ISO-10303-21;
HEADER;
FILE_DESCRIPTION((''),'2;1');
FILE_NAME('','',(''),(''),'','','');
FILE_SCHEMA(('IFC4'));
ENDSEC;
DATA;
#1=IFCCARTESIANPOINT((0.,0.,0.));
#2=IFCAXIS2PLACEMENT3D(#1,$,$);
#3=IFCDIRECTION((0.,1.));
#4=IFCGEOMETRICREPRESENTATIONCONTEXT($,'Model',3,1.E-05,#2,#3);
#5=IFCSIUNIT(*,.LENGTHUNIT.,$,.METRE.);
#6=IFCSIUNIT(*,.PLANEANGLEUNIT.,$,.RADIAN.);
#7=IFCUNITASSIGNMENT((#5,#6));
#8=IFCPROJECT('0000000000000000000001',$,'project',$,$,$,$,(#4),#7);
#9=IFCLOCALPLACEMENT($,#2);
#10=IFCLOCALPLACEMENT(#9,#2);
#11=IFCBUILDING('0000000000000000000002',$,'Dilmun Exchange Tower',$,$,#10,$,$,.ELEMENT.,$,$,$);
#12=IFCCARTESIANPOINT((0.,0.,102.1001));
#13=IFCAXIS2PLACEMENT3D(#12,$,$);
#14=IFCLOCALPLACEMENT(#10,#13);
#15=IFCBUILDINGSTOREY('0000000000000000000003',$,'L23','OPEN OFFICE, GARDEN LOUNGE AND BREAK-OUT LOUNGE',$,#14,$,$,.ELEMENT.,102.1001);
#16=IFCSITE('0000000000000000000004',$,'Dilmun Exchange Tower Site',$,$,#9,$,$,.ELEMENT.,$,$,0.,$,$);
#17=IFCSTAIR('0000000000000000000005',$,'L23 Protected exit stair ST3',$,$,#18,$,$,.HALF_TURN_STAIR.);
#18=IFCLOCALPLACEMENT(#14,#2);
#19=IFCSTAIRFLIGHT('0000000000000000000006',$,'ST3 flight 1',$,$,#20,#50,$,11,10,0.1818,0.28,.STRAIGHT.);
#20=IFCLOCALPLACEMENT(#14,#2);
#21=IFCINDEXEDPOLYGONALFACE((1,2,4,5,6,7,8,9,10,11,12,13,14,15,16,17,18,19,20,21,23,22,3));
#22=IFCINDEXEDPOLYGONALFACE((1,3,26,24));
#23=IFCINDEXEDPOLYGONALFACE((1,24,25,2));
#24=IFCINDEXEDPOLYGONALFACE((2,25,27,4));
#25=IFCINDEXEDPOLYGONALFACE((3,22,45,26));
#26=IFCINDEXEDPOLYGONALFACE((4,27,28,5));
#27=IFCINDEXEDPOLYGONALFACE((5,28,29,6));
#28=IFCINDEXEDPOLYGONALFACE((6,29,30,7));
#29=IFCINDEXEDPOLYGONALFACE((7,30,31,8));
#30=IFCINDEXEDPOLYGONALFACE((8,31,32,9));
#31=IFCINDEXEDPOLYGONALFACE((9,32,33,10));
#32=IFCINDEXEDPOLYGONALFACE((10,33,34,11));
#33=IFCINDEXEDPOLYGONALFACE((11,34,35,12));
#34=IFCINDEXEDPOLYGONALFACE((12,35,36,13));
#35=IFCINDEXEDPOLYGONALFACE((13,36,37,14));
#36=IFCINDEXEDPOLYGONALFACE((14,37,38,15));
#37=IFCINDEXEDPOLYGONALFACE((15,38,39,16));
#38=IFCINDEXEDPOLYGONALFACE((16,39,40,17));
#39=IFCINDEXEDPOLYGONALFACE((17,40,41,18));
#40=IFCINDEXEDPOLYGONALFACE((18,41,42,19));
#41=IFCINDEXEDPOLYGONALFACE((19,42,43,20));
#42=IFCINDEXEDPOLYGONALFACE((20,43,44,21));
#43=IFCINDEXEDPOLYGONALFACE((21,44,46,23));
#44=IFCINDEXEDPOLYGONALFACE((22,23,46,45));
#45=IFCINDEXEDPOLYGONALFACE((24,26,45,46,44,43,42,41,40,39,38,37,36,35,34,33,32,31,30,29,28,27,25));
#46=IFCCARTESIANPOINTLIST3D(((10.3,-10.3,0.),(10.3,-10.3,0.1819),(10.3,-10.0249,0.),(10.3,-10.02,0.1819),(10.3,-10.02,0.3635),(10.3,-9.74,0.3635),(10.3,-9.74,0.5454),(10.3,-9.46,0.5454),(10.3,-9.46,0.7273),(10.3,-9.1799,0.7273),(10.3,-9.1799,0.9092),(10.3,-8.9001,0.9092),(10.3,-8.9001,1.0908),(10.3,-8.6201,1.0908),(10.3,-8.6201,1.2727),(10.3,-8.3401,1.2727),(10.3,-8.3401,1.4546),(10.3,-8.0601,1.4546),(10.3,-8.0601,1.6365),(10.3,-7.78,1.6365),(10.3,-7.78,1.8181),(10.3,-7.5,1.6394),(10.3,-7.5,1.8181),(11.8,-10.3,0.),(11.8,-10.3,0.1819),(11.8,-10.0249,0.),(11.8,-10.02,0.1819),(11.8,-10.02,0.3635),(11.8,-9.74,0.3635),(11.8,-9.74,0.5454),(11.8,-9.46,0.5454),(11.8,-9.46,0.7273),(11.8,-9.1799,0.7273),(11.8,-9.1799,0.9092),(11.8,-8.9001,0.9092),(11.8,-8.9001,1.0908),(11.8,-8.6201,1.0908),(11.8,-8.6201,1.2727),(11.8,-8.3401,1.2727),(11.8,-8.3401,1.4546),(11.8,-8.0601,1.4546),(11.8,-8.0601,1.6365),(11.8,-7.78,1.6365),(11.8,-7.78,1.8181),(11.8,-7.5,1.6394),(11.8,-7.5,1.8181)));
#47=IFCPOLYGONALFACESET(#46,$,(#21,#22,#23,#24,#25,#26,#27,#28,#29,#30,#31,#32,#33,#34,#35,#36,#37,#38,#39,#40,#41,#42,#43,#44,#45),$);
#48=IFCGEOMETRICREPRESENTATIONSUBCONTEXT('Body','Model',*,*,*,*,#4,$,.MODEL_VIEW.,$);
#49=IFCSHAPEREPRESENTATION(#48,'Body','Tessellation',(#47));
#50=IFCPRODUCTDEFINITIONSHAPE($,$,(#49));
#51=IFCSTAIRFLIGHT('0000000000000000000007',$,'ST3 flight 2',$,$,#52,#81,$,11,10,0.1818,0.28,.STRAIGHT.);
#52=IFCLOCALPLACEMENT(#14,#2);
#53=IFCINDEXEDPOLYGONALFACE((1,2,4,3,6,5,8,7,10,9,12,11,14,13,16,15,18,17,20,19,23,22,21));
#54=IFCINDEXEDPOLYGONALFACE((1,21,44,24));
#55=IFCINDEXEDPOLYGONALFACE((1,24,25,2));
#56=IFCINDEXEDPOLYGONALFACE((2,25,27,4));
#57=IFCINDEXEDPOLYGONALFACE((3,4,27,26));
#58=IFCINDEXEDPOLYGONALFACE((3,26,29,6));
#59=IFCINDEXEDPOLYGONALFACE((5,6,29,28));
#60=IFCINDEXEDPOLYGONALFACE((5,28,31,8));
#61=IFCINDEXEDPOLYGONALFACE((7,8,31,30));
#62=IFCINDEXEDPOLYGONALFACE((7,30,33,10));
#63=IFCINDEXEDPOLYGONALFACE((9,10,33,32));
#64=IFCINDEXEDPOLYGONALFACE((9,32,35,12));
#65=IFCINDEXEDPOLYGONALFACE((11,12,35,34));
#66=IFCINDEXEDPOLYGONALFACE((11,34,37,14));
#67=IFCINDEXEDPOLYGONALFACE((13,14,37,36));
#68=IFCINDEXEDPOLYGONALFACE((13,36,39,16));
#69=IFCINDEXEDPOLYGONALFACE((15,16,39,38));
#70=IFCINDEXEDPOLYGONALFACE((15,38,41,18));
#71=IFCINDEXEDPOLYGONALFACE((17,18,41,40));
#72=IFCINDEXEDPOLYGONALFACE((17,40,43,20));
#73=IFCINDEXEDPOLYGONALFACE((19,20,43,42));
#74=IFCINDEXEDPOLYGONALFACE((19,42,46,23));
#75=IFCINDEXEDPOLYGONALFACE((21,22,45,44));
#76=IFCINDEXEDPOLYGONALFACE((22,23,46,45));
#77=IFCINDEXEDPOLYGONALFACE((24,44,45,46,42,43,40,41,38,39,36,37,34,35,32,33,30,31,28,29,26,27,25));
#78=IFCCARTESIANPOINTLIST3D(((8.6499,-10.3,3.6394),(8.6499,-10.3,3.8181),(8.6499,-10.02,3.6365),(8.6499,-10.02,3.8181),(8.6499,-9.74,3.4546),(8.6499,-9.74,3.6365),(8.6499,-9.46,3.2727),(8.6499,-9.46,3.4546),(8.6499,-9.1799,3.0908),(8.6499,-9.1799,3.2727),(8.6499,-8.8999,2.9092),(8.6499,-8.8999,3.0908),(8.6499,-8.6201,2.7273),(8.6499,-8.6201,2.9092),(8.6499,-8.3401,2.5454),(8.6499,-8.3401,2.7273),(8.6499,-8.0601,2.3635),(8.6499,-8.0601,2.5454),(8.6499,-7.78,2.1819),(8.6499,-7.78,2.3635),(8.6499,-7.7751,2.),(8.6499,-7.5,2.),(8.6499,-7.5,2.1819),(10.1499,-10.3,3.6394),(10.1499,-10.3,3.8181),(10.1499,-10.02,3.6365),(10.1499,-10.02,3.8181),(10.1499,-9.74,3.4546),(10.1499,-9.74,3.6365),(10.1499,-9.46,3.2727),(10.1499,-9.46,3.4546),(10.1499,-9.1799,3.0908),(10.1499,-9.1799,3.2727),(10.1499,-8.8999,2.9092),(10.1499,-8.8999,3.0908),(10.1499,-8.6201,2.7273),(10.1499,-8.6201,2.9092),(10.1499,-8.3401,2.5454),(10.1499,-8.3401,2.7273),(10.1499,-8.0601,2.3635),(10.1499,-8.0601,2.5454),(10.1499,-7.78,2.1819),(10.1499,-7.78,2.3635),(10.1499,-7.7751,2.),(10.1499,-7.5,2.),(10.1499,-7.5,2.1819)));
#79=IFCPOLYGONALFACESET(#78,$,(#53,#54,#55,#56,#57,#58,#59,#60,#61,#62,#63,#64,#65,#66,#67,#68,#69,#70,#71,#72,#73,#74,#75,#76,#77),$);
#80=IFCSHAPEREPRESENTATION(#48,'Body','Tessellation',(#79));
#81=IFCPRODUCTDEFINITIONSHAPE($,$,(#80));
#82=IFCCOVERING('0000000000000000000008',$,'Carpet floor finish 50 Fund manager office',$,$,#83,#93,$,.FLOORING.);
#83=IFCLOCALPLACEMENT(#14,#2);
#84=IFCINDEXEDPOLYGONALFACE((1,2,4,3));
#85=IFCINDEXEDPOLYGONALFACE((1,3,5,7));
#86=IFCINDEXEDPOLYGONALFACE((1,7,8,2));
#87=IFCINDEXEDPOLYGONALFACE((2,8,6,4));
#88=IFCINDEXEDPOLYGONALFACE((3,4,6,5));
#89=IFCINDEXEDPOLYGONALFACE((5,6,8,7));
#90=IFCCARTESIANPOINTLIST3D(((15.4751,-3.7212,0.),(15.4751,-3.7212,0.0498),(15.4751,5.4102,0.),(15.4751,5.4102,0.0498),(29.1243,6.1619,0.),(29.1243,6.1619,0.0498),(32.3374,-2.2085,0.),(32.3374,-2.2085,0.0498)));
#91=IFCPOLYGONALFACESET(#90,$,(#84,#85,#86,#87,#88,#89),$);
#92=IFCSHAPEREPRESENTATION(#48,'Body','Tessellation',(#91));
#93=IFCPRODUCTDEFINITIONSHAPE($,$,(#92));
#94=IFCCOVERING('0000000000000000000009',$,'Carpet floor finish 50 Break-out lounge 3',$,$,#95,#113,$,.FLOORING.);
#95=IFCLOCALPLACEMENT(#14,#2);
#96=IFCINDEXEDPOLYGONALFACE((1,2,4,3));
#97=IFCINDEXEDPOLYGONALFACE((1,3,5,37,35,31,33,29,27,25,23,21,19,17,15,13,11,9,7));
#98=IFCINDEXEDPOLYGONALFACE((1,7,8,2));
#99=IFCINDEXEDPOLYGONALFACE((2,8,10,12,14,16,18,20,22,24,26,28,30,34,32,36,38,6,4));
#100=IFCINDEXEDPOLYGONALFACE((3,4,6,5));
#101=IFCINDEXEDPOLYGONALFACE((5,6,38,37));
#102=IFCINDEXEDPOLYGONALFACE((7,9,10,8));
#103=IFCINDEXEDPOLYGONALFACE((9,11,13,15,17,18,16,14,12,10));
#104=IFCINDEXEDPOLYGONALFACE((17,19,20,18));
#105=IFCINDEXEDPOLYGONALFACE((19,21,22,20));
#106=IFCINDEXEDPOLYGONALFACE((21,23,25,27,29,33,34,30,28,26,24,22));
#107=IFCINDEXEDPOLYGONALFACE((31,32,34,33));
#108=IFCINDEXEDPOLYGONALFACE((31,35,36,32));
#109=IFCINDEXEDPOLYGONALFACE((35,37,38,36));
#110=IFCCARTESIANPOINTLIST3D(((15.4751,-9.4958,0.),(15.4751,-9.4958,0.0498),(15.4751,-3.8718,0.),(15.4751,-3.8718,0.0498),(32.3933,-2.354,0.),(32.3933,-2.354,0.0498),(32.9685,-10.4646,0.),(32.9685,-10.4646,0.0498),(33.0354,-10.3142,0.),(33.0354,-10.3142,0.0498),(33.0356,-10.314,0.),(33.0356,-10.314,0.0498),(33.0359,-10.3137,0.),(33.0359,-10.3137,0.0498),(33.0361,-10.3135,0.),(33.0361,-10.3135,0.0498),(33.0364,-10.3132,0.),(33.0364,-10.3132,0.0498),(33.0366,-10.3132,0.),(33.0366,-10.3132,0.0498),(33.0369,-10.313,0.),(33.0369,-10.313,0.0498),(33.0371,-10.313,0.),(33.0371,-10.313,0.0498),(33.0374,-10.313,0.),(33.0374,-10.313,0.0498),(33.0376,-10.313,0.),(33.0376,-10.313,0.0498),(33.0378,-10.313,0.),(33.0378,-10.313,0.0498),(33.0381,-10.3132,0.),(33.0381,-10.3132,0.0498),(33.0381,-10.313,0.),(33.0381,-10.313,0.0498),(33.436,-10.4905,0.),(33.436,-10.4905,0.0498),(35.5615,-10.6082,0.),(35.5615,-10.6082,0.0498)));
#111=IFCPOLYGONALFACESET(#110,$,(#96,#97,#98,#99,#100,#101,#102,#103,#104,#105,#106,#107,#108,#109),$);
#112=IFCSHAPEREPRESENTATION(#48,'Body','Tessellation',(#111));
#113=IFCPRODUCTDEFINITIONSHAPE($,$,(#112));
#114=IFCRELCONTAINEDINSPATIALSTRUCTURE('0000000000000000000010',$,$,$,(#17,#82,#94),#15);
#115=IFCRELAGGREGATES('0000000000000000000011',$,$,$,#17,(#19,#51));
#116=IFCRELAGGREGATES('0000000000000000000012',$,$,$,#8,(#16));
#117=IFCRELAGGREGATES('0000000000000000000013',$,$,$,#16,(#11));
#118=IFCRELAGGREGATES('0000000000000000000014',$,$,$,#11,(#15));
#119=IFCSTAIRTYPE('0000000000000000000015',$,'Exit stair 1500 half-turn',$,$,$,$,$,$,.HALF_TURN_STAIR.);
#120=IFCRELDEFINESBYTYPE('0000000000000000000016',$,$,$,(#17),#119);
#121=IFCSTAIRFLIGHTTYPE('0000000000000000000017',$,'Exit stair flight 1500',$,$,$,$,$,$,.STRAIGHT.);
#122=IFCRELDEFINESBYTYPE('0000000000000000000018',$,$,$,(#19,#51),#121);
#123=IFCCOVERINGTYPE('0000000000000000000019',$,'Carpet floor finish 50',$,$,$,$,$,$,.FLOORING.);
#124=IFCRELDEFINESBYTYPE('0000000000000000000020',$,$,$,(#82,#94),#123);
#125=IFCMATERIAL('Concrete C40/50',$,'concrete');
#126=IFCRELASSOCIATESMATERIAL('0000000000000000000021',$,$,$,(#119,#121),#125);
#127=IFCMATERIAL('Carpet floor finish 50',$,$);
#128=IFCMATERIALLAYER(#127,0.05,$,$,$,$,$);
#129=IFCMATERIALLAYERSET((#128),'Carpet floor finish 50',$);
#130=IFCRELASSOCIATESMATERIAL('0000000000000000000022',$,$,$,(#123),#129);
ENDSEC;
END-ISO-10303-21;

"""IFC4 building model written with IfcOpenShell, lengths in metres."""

from ifc_helpers import new_model, si_unit, direction, frame, origin, place, context, subcontext, project, spatial, polyline, outline, extrude, material, layer, layer_set, type_object, element, aggregate, save


model = new_model("IFC4")

# Units and contexts
model_context = context("Model", 3, precision=1e-05, world=origin(), true_north=direction((0.0, 1.0)))
body_context = subcontext(model_context, "Body", "Model", "MODEL_VIEW")
ifc_project = project(units=[si_unit("LENGTHUNIT", "METRE"), si_unit("PLANEANGLEUNIT", "RADIAN")], contexts=[model_context])

# Site, building, storey
site_placement = place(None, origin())
site = spatial("IfcSite", under=ifc_project, at=site_placement, Name="Dilmun Exchange Tower Site", CompositionType="ELEMENT", RefElevation=0.0)
building_placement = place(site_placement, origin())
building = spatial("IfcBuilding", under=site, at=building_placement, Name="Dilmun Exchange Tower", CompositionType="ELEMENT")
storey_placement = place(building_placement, frame((0.0, 0.0, 102.1001)))
storey = spatial("IfcBuildingStorey", under=building, at=storey_placement, Name="L23", Description="OPEN OFFICE, GARDEN LOUNGE AND BREAK-OUT LOUNGE", CompositionType="ELEMENT", Elevation=102.1001)

# Shared definitions
ifc_material_1 = material(Name="Concrete C40/50", Category="concrete")

# Stair, stair flights
stair_type = type_object("IfcStairType", Name="Exit stair 1500 half-turn", PredefinedType="HALF_TURN_STAIR", material=ifc_material_1)
stair_placement = place(storey_placement, origin())
stair = element("IfcStair", 1, at=stair_placement, inside=storey, type_object=stair_type, Name="L23 Protected exit stair ST3", PredefinedType="HALF_TURN_STAIR")
stair_flight_type = type_object("IfcStairFlightType", Name="Exit stair flight 1500", PredefinedType="STRAIGHT", material=ifc_material_1)
stair_flight_1_placement = place(storey_placement, frame((11.05, -10.3, 0.0), z_axis=(0.0, 0.0, 1.0), x_axis=(0.0, 1.0, 0.0)))
stair_flight_1 = element("IfcStairFlight", 2, at=stair_flight_1_placement, type_object=stair_flight_type, Name="ST3 flight 1", NumberOfRisers=11, NumberOfTreads=10, PredefinedType="STRAIGHT", RiserHeight=0.1818, TreadLength=0.28, context=body_context, shape_type="SweptSolid", body=[
    extrude(outline(polyline([(0.0, 0.0), (0.0, 0.1819), (0.28, 0.1819), (0.28, 0.3635), (0.5601, 0.3635), (0.5601, 0.5454), (0.8401, 0.5454), (0.8401, 0.7273), (1.1201, 0.7273), (1.1201, 0.9092), (1.3999, 0.9092), (1.3999, 1.0908), (1.6799, 1.0908), (1.6799, 1.2727), (1.96, 1.2727), (1.96, 1.4546), (2.24, 1.4546), (2.24, 1.6365), (2.52, 1.6365), (2.52, 1.8181), (2.8, 1.8181), (2.8, 2.0), (2.8, 1.6394), (0.2751, 0.0), (0.0, 0.0)])), frame((0.0, 0.75, 0.0), z_axis=(0.0, -1.0, 0.0), x_axis=(1.0, 0.0, 0.0)), (0.0, 0.0, 1.0), 1.5),
])
stair_flight_2_placement = place(storey_placement, frame((9.3999, -7.5, 2.0), z_axis=(0.0, 0.0, 1.0), x_axis=(0.0, -1.0, 0.0)))
stair_flight_2 = element("IfcStairFlight", 3, at=stair_flight_2_placement, type_object=stair_flight_type, Name="ST3 flight 2", NumberOfRisers=11, NumberOfTreads=10, PredefinedType="STRAIGHT", RiserHeight=0.1818, TreadLength=0.28, context=body_context, shape_type="SweptSolid", body=[
    extrude(outline(polyline([(0.0, 0.0), (0.0, 0.1819), (0.28, 0.1819), (0.28, 0.3635), (0.5601, 0.3635), (0.5601, 0.5454), (0.8401, 0.5454), (0.8401, 0.7273), (1.1201, 0.7273), (1.1201, 0.9092), (1.3999, 0.9092), (1.3999, 1.0908), (1.6799, 1.0908), (1.6799, 1.2727), (1.96, 1.2727), (1.96, 1.4546), (2.24, 1.4546), (2.24, 1.6365), (2.52, 1.6365), (2.52, 1.8181), (2.8, 1.8181), (2.8, 2.0), (2.8, 1.6394), (0.2751, 0.0), (0.0, 0.0)])), frame((0.0, 0.75, 0.0), z_axis=(0.0, -1.0, 0.0), x_axis=(1.0, 0.0, 0.0)), (0.0, 0.0, 1.0), 1.5),
])
aggregate(stair, [stair_flight_1, stair_flight_2])

# Coverings
ifc_material_2 = material(Name="Carpet floor finish 50")
ifc_layer_1 = layer(ifc_material_2, 0.05)
ifc_layer_set_1 = layer_set([ifc_layer_1], Name="Carpet floor finish 50")
covering_type = type_object("IfcCoveringType", Name="Carpet floor finish 50", PredefinedType="FLOORING", material=ifc_layer_set_1)
covering_1_placement = place(storey_placement, origin())
element("IfcCovering", 4, at=covering_1_placement, inside=storey, type_object=covering_type, Name="Carpet floor finish 50 Fund manager office", PredefinedType="FLOORING", context=body_context, shape_type="SweptSolid", body=[
    extrude(outline(polyline([(15.4751, -3.7212), (15.4751, 5.4102), (29.1243, 6.1619), (32.3374, -2.2085), (15.4751, -3.7212)])), origin(), (0.0, 0.0, 1.0), 0.0498),
])
covering_2_placement = place(storey_placement, origin())
element("IfcCovering", 5, at=covering_2_placement, inside=storey, type_object=covering_type, Name="Carpet floor finish 50 Break-out lounge 3", PredefinedType="FLOORING", context=body_context, shape_type="SweptSolid", body=[
    extrude(outline(polyline([(33.436, -10.4905), (33.0381, -10.3132), (33.0381, -10.313), (33.0378, -10.313), (33.0376, -10.313), (33.0374, -10.313), (33.0371, -10.313), (33.0371, -10.313), (33.0369, -10.313), (33.0366, -10.3132), (33.0364, -10.3132), (33.0364, -10.3132), (33.0361, -10.3135), (33.0359, -10.3137), (33.0359, -10.3137), (33.0356, -10.314), (33.0356, -10.314), (33.0354, -10.3142), (32.9685, -10.4646), (15.4751, -9.4958), (15.4751, -3.8718), (32.3933, -2.354), (35.5615, -10.6082), (33.436, -10.4905)])), origin(), (0.0, 0.0, 1.0), 0.0498),
])

save(model, "model.ifc")
